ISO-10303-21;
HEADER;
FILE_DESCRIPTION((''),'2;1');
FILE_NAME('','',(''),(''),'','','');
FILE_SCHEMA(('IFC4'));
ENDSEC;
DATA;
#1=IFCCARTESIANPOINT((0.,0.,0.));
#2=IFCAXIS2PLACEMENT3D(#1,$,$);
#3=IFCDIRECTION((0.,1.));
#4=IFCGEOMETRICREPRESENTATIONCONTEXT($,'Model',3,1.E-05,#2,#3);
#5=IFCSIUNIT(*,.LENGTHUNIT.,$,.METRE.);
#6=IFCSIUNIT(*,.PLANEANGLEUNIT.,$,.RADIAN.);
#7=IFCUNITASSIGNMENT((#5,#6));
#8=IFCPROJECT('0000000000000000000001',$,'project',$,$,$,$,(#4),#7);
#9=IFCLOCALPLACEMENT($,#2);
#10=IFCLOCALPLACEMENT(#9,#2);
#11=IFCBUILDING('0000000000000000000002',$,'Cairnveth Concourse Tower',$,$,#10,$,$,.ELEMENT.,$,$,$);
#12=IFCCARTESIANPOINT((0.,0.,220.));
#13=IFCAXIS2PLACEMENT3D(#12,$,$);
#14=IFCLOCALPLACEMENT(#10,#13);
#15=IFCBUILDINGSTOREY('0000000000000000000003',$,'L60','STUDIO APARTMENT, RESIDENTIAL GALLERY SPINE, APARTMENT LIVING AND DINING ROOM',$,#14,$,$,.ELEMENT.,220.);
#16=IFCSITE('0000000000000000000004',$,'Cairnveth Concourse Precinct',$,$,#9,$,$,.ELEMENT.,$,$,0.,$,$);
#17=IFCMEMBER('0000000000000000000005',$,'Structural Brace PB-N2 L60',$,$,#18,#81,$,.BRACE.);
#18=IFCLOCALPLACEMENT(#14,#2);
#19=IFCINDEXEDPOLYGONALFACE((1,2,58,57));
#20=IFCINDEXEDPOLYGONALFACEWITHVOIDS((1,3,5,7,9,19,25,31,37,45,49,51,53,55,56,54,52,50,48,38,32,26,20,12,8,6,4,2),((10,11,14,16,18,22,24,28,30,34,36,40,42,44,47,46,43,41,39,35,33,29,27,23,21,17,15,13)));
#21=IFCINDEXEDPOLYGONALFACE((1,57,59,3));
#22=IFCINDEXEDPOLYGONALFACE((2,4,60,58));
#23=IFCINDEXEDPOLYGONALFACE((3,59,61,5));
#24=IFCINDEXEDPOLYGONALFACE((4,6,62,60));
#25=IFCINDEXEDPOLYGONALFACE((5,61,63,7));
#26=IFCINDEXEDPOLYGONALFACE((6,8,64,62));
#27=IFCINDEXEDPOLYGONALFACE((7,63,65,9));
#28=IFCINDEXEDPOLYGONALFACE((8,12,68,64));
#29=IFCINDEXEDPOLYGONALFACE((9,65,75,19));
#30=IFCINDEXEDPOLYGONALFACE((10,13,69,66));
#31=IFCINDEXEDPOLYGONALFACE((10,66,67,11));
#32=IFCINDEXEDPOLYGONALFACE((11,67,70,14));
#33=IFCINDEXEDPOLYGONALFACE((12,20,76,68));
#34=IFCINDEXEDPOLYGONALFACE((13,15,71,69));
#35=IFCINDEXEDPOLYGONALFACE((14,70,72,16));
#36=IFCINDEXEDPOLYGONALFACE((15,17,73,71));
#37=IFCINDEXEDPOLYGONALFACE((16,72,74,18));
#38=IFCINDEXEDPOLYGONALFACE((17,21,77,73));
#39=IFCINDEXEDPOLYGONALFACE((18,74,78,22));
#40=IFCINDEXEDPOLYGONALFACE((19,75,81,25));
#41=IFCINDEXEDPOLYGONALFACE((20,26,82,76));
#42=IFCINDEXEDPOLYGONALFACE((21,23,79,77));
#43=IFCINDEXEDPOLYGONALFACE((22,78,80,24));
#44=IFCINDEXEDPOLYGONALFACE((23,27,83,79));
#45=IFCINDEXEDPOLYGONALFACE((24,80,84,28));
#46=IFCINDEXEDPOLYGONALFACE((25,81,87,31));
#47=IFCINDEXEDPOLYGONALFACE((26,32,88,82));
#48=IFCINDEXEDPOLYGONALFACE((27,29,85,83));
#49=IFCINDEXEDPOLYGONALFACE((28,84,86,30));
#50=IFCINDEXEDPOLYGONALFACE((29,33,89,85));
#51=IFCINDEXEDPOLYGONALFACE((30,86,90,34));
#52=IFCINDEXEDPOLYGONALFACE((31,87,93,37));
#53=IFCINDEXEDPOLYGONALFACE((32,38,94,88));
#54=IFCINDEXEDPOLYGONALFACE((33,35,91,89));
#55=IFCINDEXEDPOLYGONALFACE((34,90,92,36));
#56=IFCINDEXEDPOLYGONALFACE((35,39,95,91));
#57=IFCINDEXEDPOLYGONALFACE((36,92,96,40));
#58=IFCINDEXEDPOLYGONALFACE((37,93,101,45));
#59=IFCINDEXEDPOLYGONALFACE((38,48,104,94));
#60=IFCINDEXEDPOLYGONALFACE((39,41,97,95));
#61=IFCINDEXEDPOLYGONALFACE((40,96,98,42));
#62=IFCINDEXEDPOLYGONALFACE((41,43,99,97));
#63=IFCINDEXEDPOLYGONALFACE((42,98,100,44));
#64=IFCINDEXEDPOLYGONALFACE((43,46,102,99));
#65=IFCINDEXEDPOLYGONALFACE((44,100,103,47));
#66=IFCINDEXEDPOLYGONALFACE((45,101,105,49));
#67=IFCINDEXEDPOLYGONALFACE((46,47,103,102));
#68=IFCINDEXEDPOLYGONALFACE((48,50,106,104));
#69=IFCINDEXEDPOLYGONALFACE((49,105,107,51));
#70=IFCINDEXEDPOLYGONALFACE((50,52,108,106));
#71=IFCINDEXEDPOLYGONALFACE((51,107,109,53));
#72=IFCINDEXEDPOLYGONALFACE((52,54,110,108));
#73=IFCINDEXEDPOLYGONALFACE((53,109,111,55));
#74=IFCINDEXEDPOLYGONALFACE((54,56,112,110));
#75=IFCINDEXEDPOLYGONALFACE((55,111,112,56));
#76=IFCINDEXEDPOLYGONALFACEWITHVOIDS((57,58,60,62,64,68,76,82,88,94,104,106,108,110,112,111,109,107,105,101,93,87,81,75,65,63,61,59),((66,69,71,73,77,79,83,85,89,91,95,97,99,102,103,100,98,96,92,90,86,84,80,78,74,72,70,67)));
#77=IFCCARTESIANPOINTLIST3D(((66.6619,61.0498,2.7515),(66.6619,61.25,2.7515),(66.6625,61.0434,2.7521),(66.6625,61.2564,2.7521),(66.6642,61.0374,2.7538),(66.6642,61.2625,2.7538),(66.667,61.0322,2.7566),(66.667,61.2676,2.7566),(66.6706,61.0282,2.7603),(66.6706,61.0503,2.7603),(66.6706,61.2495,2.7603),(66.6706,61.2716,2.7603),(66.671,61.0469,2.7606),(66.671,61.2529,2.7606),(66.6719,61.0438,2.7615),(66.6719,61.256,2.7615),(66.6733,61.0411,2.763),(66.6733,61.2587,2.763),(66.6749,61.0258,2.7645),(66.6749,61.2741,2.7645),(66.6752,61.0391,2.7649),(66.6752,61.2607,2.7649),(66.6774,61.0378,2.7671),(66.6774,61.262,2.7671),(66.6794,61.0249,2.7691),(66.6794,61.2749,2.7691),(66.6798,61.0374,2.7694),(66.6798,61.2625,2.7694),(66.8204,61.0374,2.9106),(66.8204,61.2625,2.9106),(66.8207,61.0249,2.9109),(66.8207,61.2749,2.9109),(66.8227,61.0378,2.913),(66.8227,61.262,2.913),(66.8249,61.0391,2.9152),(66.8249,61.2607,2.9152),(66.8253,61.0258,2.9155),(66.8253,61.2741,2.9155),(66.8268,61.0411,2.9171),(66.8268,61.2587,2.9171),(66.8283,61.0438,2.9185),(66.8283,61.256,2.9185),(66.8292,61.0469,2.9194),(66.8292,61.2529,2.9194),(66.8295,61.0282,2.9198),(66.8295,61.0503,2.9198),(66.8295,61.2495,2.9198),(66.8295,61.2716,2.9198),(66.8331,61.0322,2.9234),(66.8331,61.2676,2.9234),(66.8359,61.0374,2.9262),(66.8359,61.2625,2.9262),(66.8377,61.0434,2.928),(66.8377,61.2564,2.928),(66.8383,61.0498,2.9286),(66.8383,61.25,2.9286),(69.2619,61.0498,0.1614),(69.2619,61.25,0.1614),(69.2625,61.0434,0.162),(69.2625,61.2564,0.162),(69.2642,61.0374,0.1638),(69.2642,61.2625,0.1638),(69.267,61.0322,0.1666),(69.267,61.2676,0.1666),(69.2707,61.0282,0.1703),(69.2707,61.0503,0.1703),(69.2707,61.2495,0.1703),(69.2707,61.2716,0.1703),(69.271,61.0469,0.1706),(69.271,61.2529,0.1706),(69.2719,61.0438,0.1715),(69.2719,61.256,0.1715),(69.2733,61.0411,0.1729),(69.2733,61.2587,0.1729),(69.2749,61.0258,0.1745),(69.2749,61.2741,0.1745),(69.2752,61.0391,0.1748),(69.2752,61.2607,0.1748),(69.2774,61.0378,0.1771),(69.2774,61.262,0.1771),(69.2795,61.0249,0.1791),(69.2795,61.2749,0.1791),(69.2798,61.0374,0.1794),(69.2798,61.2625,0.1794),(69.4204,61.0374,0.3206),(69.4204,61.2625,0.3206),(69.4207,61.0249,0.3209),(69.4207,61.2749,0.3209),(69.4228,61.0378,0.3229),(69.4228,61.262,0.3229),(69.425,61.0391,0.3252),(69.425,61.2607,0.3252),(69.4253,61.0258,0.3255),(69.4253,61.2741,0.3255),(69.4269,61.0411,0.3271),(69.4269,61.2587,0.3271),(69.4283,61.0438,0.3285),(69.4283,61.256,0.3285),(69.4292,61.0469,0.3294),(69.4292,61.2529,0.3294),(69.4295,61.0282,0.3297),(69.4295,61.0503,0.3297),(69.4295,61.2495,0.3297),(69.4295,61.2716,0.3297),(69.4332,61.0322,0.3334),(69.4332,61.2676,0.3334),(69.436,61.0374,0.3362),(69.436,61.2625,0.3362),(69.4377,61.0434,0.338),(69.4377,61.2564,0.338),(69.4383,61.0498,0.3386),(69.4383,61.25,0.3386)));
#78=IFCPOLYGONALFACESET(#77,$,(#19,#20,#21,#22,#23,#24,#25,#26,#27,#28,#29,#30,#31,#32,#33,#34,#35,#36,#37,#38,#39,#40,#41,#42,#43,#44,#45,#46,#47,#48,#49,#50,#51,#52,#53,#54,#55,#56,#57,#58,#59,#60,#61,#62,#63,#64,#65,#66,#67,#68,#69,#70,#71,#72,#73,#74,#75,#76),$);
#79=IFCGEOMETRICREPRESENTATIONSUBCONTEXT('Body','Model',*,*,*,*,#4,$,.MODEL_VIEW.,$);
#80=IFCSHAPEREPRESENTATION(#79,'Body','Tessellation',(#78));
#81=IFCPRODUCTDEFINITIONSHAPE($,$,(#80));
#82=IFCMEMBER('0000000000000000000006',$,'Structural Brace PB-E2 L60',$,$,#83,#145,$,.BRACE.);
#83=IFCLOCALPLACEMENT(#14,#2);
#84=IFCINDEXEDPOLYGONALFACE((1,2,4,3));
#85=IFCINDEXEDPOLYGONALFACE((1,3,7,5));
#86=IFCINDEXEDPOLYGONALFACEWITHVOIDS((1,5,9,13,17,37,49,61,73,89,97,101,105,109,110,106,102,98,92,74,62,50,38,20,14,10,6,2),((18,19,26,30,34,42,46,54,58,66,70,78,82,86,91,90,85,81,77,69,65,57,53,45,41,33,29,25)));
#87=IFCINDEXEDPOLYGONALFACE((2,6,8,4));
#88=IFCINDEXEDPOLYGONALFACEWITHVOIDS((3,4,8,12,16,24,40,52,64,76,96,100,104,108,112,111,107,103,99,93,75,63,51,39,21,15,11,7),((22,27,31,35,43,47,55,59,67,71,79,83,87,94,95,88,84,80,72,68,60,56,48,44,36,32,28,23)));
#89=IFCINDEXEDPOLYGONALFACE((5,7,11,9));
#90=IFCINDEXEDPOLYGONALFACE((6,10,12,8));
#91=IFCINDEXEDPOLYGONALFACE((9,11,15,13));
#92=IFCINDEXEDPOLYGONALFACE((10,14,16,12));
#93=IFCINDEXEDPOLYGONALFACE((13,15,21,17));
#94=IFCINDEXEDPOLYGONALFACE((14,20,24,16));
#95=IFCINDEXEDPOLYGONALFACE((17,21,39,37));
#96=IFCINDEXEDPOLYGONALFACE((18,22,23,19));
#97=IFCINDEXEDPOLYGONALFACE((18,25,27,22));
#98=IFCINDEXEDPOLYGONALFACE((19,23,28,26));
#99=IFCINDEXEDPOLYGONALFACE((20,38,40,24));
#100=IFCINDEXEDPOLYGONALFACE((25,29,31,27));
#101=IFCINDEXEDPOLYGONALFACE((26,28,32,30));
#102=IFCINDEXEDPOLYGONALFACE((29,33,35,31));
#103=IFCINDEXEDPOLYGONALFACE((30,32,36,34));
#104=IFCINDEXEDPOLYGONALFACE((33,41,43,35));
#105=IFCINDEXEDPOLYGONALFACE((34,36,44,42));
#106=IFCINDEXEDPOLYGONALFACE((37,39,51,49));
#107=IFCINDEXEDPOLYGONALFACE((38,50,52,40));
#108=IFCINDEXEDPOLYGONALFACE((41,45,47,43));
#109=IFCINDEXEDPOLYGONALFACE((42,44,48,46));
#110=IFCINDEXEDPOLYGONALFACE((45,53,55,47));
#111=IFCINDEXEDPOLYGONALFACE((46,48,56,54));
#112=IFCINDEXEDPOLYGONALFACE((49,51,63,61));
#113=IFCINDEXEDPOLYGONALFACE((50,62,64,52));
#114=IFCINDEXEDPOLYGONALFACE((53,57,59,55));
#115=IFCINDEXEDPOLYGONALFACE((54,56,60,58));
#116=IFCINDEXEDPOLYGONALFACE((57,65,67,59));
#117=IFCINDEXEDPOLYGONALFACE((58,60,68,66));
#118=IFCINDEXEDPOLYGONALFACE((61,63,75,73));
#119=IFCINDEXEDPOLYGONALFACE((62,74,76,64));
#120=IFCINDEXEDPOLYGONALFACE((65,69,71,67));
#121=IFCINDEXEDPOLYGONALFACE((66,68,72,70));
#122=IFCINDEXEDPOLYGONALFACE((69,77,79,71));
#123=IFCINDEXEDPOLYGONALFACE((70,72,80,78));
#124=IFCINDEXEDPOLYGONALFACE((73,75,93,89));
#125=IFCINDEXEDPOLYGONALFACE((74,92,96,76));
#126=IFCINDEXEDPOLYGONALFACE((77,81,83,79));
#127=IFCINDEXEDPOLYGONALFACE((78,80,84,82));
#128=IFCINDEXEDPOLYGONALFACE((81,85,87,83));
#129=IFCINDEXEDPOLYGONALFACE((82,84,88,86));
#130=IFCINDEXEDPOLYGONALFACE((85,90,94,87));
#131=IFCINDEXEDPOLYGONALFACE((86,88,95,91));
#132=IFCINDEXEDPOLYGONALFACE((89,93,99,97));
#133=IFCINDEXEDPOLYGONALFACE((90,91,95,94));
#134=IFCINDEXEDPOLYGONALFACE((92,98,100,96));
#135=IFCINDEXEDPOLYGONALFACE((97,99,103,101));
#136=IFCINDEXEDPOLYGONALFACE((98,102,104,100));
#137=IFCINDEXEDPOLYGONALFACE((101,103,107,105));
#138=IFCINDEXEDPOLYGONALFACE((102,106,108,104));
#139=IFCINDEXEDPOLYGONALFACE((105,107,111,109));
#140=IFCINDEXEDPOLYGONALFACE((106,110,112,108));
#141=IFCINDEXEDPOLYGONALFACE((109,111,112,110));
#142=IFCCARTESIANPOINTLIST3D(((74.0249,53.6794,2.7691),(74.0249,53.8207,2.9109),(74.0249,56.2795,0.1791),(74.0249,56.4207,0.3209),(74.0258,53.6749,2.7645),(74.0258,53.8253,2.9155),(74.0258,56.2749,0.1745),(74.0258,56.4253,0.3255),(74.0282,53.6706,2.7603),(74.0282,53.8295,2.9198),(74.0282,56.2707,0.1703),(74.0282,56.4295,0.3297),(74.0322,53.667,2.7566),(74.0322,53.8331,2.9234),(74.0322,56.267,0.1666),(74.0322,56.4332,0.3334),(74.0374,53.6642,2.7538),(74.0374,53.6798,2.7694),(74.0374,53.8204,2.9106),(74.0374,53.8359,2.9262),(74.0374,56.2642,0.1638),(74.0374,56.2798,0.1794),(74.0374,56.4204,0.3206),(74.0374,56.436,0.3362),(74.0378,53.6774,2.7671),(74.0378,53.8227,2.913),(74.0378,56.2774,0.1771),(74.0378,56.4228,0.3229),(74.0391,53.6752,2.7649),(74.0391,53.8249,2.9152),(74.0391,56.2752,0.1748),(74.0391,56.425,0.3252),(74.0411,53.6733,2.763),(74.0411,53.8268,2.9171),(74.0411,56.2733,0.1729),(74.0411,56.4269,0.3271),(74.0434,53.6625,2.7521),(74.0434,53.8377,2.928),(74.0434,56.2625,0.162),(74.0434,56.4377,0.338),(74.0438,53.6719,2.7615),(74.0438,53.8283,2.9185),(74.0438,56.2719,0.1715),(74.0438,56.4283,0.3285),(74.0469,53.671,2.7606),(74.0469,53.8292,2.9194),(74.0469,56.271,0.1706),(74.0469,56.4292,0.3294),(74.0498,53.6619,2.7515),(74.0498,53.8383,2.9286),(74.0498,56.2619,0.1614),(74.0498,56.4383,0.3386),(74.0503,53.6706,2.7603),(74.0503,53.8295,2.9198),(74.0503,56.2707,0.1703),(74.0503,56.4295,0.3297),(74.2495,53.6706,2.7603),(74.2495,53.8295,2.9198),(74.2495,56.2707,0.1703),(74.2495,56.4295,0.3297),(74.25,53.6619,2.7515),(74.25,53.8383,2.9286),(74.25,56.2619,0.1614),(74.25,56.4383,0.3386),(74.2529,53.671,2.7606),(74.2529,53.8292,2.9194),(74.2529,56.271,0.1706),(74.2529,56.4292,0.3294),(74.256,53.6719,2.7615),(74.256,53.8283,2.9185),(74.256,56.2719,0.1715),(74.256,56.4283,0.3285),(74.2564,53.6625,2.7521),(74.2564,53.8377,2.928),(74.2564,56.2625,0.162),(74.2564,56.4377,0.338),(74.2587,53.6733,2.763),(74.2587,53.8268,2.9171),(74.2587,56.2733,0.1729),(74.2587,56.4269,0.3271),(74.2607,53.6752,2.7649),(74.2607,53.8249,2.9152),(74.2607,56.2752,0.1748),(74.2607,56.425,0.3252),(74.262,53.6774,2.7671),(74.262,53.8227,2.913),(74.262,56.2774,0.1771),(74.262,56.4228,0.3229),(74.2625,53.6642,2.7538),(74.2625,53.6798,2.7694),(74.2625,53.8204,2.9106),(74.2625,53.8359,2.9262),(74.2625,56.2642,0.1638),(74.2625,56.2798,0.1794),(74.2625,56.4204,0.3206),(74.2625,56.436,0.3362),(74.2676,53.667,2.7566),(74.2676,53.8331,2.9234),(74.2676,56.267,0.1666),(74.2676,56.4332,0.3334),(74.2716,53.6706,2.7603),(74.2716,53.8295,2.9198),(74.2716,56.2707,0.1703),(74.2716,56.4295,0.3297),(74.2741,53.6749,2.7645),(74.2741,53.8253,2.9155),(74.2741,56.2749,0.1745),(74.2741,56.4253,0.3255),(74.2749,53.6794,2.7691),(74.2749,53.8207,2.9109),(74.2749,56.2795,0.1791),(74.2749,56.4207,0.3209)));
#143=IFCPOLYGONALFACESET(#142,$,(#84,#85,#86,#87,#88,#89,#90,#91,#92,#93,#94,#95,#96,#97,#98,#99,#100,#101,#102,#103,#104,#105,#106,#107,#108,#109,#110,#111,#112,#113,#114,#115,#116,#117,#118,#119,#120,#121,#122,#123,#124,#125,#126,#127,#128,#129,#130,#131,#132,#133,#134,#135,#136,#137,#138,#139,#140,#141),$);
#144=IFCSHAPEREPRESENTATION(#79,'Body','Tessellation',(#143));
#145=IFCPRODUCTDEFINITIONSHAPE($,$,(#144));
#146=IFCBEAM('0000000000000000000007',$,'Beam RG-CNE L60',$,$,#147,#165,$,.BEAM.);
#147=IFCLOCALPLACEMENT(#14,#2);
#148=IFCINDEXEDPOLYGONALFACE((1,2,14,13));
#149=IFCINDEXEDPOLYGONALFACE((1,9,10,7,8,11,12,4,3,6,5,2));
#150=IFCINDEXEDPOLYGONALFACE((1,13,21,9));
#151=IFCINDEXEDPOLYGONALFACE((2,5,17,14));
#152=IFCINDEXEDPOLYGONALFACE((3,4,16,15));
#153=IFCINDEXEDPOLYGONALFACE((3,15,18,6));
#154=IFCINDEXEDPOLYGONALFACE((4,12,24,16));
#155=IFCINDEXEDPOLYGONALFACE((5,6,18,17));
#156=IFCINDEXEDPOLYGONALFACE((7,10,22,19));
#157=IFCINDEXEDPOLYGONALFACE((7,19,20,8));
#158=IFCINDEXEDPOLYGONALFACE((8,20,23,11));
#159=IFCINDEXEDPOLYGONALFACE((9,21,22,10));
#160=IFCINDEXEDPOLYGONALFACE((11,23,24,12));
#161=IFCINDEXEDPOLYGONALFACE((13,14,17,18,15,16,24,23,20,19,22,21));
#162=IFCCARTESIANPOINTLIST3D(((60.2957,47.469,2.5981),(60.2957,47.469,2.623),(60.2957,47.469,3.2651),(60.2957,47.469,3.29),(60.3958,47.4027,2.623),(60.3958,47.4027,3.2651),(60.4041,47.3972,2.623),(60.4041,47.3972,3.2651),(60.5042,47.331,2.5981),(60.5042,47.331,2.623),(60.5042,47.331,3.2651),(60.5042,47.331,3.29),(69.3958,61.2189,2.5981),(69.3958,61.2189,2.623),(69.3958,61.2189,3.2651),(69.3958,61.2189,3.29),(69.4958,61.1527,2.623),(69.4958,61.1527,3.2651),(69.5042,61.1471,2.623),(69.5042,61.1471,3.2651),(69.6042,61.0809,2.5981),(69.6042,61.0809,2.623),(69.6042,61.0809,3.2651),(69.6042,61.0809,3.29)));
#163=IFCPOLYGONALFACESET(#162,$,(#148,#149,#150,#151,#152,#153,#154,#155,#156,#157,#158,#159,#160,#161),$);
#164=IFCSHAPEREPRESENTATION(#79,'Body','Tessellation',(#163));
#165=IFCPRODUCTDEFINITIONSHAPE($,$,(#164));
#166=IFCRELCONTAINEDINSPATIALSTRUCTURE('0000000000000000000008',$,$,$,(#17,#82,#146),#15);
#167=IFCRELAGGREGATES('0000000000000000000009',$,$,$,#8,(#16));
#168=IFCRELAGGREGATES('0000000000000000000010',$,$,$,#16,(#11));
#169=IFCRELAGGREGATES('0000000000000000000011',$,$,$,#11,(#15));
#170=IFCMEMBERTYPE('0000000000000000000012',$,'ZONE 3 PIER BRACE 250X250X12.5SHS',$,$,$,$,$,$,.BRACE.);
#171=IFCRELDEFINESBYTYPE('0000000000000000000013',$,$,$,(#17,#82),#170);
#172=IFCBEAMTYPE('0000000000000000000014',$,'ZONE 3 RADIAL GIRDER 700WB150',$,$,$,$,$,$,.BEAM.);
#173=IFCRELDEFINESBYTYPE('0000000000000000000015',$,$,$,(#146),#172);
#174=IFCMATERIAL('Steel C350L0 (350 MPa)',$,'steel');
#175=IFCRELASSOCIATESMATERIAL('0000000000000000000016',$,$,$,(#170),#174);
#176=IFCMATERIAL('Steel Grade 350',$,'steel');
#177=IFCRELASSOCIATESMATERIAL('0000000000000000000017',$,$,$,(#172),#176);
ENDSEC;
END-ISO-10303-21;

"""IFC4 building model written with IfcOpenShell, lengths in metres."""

from ifc_helpers import new_model, si_unit, direction, frame, origin, origin_2d, place, context, subcontext, project, spatial, hollow_rectangle, i_section, extrude, material, material_profile, profile_set, type_object, element, save


model = new_model("IFC4")

# Units and contexts
model_context = context("Model", 3, precision=1e-05, world=origin(), true_north=direction((0.0, 1.0)))
body_context = subcontext(model_context, "Body", "Model", "MODEL_VIEW")
ifc_project = project(units=[si_unit("LENGTHUNIT", "METRE"), si_unit("PLANEANGLEUNIT", "RADIAN")], contexts=[model_context])

# Site, building, storey
site_placement = place(None, origin())
site = spatial("IfcSite", under=ifc_project, at=site_placement, Name="Cairnveth Concourse Precinct", CompositionType="ELEMENT", RefElevation=0.0)
building_placement = place(site_placement, origin())
building = spatial("IfcBuilding", under=site, at=building_placement, Name="Cairnveth Concourse Tower", CompositionType="ELEMENT")
storey_placement = place(building_placement, frame((0.0, 0.0, 220.0)))
storey = spatial("IfcBuildingStorey", under=building, at=storey_placement, Name="L60", Description="STUDIO APARTMENT, RESIDENTIAL GALLERY SPINE, APARTMENT LIVING AND DINING ROOM", CompositionType="ELEMENT", Elevation=220.0)

# Shared definitions
ifc_material_1 = material(Name="Steel Grade 350", Category="steel")

# Members
ifc_material_2 = material(Name="Steel C350L0 (350 MPa)", Category="steel")
ifc_material_profile_1 = material_profile(ifc_material_2, hollow_rectangle(XDim=0.25, YDim=0.25, WallThickness=0.0125, InnerFilletRadius=0.0129, OuterFilletRadius=0.0249, at=origin_2d()), Name="250x250x12.5SHS")
ifc_profile_set_1 = profile_set([ifc_material_profile_1], Name="Steel C350L0 (350 MPa)")
member_type = type_object("IfcMemberType", Name="ZONE 3 PIER BRACE 250X250X12.5SHS", PredefinedType="BRACE", material=ifc_profile_set_1)
for number, where, z_axis, x_axis, name in (
    (1, (69.3501, 61.1499, 0.25), (-0.708469, 0.0, 0.705742), (0.0, -1.0, 0.0), "Structural Brace PB-N2 L60"),
    (2, (74.1499, 56.3501, 0.25), (0.0, -0.708469, 0.705742), (1.0, 0.0, 0.0), "Structural Brace PB-E2 L60"),
):
    element("IfcMember", number, at=place(storey_placement, frame(where, z_axis=z_axis, x_axis=x_axis)), inside=storey, type_object=member_type, Name=name, PredefinedType="BRACE", context=body_context, shape_type="SweptSolid", body=[
        extrude(hollow_rectangle(XDim=0.25, YDim=0.25, WallThickness=0.0125, InnerFilletRadius=0.0129, OuterFilletRadius=0.0249, at=origin_2d()), origin(), (0.0, 0.0, 1.0), 3.6699),
    ])

# Beam
ifc_material_profile_2 = material_profile(ifc_material_1, i_section(OverallWidth=0.25, OverallDepth=0.6919, WebThickness=0.01, FlangeThickness=0.0249, at=origin_2d()), Name="700WB150")
ifc_profile_set_2 = profile_set([ifc_material_profile_2], Name="Steel Grade 350")
beam_type_1 = type_object("IfcBeamType", Name="ZONE 3 RADIAL GIRDER 700WB150", PredefinedType="BEAM", material=ifc_profile_set_2)
beam_1_placement = place(storey_placement, frame((69.5, 61.1499, 2.9441), z_axis=(-0.551902, -0.833909, 0.0), x_axis=(0.833909, -0.551902, 0.0)))
element("IfcBeam", 3, at=beam_1_placement, inside=storey, type_object=beam_type_1, Name="Beam RG-CNE L60", PredefinedType="BEAM", context=body_context, shape_type="SweptSolid", body=[
    extrude(i_section(OverallWidth=0.25, OverallDepth=0.6919, WebThickness=0.01, FlangeThickness=0.0249, at=origin_2d()), origin(), (0.0, 0.0, 1.0), 16.4885),
])

save(model, "model.ifc")
